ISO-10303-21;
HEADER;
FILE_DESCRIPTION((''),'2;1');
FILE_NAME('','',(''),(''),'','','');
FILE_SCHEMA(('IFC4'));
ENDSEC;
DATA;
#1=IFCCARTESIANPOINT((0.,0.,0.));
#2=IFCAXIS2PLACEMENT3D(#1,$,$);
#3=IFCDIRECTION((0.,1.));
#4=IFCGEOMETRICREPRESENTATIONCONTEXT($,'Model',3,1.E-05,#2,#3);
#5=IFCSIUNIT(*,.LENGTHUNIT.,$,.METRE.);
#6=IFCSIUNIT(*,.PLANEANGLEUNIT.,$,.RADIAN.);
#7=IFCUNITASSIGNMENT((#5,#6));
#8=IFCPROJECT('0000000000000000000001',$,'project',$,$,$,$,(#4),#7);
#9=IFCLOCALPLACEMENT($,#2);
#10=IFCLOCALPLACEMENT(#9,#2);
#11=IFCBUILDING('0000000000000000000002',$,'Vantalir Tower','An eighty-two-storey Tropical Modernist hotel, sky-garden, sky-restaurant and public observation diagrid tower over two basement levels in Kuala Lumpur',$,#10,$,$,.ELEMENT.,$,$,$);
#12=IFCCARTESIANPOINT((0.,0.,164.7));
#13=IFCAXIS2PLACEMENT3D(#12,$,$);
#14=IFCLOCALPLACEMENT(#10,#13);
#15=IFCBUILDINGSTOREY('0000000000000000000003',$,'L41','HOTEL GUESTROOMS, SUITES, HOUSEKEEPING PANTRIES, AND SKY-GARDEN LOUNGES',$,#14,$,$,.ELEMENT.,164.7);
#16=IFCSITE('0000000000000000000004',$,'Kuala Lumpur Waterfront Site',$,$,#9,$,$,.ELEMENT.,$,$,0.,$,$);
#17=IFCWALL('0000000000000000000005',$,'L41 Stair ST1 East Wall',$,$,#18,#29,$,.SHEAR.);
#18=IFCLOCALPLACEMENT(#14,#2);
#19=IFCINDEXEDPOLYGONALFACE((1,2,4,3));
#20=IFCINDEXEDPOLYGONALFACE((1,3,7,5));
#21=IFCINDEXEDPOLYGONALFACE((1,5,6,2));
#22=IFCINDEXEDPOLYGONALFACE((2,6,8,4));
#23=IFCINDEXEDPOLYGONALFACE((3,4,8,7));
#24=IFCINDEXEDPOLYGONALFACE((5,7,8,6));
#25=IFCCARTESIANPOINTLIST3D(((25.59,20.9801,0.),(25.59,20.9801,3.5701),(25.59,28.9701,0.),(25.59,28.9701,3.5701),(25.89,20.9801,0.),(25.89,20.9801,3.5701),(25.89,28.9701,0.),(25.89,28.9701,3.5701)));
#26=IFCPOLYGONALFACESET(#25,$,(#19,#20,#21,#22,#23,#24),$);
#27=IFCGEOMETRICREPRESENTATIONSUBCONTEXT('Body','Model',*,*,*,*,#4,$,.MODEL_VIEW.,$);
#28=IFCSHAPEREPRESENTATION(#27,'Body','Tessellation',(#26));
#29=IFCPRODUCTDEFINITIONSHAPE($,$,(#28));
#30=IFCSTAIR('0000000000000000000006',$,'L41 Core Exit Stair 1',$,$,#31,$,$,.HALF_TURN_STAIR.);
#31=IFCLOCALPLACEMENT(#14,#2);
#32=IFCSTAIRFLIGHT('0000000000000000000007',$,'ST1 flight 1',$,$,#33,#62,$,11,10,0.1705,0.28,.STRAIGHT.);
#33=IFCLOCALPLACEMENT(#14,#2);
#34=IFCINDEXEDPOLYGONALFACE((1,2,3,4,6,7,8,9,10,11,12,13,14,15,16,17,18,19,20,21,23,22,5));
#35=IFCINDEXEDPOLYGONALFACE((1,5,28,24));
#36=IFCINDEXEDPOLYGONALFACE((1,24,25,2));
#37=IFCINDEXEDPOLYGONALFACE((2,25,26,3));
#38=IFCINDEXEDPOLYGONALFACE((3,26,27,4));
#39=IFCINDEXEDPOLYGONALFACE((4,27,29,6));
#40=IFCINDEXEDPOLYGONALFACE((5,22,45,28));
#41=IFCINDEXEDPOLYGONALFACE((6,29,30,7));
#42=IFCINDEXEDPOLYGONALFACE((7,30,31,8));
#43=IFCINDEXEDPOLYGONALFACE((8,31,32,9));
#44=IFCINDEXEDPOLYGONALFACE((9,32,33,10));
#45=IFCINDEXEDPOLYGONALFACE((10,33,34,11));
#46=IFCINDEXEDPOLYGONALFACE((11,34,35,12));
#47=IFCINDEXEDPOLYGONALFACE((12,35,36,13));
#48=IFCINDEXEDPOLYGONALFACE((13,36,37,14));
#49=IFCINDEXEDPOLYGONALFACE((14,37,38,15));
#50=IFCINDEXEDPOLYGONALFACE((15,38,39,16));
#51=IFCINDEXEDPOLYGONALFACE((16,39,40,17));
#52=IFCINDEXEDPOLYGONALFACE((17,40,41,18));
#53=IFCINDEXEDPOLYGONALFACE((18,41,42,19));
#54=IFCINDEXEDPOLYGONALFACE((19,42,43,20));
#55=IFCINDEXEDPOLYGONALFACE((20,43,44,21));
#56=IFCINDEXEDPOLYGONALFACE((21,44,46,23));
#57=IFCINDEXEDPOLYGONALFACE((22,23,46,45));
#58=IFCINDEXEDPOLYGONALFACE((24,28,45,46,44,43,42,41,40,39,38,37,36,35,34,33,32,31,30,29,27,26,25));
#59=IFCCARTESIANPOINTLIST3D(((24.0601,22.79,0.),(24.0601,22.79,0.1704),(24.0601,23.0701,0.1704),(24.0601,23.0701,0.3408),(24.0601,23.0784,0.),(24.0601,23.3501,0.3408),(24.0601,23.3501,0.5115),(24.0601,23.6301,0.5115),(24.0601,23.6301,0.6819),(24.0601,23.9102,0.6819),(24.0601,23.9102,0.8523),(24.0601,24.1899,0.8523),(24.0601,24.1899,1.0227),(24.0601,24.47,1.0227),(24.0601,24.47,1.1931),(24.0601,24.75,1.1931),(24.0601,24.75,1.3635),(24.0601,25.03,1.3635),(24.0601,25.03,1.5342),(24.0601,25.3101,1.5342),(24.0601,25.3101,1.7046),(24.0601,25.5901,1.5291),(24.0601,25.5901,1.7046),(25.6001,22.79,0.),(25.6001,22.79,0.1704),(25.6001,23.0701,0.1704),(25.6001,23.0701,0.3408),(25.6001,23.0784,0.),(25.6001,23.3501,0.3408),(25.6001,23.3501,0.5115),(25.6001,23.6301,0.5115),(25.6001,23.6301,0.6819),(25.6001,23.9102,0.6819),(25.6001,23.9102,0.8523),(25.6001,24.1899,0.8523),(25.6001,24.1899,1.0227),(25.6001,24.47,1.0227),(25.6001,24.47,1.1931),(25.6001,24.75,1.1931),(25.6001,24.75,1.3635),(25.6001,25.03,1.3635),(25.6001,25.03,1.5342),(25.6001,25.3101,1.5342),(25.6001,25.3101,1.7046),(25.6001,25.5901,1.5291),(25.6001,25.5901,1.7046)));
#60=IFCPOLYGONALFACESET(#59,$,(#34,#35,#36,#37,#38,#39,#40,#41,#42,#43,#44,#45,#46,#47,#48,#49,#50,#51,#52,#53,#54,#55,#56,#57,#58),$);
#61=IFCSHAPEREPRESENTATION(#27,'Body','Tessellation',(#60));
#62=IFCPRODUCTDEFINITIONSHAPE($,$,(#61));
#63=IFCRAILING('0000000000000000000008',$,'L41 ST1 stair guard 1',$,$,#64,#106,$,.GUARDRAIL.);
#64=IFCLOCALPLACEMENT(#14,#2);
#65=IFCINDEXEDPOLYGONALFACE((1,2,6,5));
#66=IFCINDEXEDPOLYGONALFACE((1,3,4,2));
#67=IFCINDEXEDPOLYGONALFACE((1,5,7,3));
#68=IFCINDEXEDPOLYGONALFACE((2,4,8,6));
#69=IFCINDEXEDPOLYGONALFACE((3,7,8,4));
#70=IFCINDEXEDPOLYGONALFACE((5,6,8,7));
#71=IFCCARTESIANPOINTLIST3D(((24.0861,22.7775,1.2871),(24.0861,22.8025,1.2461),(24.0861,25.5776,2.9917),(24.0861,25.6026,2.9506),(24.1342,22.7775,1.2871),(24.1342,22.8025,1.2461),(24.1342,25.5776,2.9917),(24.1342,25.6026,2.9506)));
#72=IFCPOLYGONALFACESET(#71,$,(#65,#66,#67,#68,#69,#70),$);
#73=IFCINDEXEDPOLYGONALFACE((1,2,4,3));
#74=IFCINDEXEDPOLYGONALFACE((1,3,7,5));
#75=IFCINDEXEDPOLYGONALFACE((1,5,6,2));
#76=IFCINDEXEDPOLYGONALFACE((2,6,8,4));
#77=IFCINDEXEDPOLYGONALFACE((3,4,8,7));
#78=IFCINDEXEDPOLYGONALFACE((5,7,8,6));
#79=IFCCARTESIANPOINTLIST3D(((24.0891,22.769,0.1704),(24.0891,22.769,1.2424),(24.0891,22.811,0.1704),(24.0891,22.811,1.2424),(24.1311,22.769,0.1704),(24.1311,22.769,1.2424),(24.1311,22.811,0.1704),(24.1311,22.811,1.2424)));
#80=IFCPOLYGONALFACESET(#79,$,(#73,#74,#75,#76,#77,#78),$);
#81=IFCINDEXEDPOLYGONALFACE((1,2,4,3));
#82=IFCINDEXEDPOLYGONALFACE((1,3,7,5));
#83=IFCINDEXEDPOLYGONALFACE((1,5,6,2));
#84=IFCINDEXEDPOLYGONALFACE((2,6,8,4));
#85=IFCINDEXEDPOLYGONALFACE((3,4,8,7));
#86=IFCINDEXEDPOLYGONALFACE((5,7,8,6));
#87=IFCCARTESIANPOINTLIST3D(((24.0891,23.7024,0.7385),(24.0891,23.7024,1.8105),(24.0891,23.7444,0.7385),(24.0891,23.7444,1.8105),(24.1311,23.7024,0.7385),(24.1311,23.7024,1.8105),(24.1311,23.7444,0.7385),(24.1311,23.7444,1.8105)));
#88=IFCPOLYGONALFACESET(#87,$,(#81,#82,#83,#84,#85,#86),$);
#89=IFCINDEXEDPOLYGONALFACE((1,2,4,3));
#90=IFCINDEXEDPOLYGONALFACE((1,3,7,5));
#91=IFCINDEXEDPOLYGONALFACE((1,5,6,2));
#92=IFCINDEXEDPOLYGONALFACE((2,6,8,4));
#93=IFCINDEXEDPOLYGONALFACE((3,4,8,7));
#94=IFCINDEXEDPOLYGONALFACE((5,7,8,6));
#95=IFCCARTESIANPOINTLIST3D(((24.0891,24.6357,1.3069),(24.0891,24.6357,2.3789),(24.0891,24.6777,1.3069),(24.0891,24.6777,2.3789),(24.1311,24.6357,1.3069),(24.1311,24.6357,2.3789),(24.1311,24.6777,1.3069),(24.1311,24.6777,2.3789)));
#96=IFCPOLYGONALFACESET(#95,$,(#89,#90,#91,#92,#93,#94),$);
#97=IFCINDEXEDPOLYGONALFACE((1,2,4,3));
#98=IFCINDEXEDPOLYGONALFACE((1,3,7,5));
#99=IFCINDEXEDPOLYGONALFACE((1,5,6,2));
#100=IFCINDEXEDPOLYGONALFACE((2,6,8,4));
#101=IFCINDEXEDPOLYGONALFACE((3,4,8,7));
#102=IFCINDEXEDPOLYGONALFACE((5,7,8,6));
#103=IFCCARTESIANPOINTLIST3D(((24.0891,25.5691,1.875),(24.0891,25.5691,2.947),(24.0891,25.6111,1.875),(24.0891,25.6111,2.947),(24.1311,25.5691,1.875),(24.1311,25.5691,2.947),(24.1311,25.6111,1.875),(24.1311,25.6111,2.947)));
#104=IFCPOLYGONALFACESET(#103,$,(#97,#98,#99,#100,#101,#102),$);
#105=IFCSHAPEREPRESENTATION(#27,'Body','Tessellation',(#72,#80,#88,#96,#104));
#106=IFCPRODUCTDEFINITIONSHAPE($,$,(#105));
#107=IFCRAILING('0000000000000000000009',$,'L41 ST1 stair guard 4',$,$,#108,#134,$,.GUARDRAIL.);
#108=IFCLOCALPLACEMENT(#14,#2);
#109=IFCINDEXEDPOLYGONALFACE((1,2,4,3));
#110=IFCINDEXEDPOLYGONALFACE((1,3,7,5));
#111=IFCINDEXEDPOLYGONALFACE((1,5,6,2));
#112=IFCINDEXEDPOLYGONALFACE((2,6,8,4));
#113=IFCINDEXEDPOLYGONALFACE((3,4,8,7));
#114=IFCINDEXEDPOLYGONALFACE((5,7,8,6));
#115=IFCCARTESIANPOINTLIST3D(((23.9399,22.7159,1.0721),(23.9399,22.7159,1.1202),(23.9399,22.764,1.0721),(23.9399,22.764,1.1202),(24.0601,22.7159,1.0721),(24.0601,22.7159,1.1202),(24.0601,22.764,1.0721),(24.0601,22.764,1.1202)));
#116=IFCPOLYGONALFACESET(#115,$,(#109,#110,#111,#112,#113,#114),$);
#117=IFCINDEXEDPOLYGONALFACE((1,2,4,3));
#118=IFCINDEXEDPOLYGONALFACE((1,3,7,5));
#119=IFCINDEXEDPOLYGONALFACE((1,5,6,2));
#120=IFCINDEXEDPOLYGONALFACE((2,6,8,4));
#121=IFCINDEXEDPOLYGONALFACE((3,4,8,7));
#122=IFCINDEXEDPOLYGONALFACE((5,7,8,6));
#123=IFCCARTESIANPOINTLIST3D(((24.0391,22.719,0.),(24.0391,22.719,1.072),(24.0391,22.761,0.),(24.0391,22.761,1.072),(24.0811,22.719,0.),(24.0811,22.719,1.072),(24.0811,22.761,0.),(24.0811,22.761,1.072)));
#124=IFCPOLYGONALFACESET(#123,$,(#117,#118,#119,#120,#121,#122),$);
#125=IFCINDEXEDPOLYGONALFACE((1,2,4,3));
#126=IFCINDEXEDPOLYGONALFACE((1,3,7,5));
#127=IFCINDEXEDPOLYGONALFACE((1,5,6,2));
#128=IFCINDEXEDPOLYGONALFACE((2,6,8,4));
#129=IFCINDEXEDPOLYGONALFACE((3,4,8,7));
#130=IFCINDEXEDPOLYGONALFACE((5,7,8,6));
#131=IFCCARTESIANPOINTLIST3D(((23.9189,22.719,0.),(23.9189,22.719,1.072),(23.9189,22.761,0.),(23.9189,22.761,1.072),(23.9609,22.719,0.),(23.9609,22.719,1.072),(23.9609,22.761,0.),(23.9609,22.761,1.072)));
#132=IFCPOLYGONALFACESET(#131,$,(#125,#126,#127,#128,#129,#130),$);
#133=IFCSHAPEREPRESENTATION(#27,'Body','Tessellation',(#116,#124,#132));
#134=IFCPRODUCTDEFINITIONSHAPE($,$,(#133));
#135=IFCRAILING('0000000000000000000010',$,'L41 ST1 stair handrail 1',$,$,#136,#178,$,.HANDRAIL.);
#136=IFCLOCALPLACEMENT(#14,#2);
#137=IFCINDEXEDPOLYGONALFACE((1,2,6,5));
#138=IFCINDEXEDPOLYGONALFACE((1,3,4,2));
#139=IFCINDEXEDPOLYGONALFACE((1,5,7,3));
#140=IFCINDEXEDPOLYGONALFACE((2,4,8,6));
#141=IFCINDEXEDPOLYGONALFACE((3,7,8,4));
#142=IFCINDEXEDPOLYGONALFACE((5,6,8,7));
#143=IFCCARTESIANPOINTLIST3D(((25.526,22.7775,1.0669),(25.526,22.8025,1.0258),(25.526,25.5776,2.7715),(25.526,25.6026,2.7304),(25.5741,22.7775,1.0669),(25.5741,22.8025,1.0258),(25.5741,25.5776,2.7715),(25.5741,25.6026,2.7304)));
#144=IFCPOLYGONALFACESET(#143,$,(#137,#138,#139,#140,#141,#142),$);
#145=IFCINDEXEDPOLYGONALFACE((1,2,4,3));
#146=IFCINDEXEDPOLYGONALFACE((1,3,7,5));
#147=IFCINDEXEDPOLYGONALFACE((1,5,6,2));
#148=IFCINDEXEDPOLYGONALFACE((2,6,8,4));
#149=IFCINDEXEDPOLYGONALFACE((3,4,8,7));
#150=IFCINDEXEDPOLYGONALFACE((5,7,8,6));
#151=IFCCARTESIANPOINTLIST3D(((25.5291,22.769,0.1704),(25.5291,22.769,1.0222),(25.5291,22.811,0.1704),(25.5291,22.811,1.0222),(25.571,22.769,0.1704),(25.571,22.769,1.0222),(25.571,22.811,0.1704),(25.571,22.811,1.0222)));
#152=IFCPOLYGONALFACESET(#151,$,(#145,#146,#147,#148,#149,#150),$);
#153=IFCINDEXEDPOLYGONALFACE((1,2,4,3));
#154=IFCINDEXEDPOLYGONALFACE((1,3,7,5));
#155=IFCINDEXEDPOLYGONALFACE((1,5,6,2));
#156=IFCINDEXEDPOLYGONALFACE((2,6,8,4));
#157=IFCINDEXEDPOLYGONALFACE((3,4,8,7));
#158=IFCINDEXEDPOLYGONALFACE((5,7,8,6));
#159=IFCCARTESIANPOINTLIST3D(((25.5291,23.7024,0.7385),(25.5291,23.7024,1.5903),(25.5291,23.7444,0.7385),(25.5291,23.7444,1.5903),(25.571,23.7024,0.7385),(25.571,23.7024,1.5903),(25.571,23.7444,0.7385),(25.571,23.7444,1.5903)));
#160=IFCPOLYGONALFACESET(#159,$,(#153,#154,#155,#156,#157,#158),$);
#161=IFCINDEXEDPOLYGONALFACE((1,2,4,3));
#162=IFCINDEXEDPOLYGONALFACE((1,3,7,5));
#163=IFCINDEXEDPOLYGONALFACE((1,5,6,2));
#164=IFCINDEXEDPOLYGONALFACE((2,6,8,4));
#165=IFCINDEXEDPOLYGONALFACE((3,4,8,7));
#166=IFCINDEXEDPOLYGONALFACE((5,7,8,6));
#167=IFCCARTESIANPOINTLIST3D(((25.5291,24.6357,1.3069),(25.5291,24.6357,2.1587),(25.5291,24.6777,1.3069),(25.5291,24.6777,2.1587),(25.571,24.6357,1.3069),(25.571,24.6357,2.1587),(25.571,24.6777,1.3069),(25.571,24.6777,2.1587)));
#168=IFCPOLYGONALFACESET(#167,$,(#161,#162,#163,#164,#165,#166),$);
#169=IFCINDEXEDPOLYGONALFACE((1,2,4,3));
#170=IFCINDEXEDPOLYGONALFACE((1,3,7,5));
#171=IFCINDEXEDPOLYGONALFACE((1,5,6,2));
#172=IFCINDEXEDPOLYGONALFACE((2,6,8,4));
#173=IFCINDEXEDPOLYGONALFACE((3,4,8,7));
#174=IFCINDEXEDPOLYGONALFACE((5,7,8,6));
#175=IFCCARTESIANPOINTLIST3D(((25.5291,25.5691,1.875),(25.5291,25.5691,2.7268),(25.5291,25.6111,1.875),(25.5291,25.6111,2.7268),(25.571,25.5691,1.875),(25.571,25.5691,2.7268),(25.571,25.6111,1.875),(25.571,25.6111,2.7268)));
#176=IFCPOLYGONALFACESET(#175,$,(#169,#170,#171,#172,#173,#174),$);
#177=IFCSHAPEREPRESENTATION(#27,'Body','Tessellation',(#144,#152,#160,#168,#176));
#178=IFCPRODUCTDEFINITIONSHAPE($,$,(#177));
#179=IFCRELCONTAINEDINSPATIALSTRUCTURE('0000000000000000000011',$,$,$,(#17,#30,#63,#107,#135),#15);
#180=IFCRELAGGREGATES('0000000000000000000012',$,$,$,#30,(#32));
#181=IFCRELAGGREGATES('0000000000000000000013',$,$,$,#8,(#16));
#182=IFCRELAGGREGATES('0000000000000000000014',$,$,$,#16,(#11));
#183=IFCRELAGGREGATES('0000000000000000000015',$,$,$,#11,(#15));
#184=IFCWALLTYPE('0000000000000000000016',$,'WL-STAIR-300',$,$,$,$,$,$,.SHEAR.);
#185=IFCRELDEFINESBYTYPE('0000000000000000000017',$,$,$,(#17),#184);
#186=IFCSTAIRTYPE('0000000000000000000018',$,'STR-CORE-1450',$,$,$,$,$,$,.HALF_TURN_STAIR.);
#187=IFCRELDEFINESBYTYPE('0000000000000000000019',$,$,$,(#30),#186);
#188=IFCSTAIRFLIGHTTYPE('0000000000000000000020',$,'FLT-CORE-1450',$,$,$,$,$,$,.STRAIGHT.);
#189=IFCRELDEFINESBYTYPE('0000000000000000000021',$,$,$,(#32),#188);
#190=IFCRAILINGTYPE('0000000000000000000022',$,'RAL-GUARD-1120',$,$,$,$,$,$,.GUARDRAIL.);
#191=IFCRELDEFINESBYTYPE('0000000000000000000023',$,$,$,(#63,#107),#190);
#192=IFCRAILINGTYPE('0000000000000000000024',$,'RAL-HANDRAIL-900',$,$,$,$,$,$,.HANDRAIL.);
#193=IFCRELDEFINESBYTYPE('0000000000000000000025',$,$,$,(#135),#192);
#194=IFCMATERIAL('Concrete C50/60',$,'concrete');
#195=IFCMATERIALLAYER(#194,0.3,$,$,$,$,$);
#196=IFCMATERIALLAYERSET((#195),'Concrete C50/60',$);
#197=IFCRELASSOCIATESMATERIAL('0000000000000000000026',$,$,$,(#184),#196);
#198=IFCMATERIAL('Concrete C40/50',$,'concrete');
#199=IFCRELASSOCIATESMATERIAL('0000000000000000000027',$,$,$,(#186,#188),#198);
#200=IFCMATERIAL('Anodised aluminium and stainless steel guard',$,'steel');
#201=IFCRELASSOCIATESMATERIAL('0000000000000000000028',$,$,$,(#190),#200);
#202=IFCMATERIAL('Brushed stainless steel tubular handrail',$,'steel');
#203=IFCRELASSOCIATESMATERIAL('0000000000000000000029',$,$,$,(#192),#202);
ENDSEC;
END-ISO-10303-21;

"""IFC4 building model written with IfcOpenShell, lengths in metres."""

from ifc_helpers import new_model, si_unit, direction, frame, frame_2d, origin, origin_2d, place, context, subcontext, project, spatial, polyline, rectangle, outline, extrude, material, layer, layer_set, type_object, element, aggregate, save


model = new_model("IFC4")

# Units and contexts
model_context = context("Model", 3, precision=1e-05, world=origin(), true_north=direction((0.0, 1.0)))
body_context = subcontext(model_context, "Body", "Model", "MODEL_VIEW")
ifc_project = project(units=[si_unit("LENGTHUNIT", "METRE"), si_unit("PLANEANGLEUNIT", "RADIAN")], contexts=[model_context])

# Site, building, storey
site_placement = place(None, origin())
site = spatial("IfcSite", under=ifc_project, at=site_placement, Name="Kuala Lumpur Waterfront Site", CompositionType="ELEMENT", RefElevation=0.0)
building_placement = place(site_placement, origin())
building = spatial("IfcBuilding", under=site, at=building_placement, Name="Vantalir Tower", Description="An eighty-two-storey Tropical Modernist hotel, sky-garden, sky-restaurant and public observation diagrid tower over two basement levels in Kuala Lumpur", CompositionType="ELEMENT")
storey_placement = place(building_placement, frame((0.0, 0.0, 164.7)))
storey = spatial("IfcBuildingStorey", under=building, at=storey_placement, Name="L41", Description="HOTEL GUESTROOMS, SUITES, HOUSEKEEPING PANTRIES, AND SKY-GARDEN LOUNGES", CompositionType="ELEMENT", Elevation=164.7)

# Shared definitions
ifc_material_1 = material(Name="Concrete C50/60", Category="concrete")
ifc_layer_1 = layer(ifc_material_1, 0.3)
ifc_layer_set_1 = layer_set([ifc_layer_1], Name="Concrete C50/60")
wall_type_1 = type_object("IfcWallType", Name="WL-STAIR-300", PredefinedType="SHEAR", material=ifc_layer_set_1)

# Wall
wall_1_placement = place(storey_placement, frame((25.74, 20.98, 0.0), z_axis=(0.0, 0.0, 1.0), x_axis=(0.0, 1.0, 0.0)))
element("IfcWall", 1, at=wall_1_placement, inside=storey, type_object=wall_type_1, Name="L41 Stair ST1 East Wall", PredefinedType="SHEAR", context=body_context, shape_type="SweptSolid", body=[
    extrude(rectangle(XDim=7.99, YDim=0.3, at=frame_2d((3.9951, 0.0))), origin(), (0.0, 0.0, 1.0), 3.5701),
])

# Stair, stair flight
ifc_material_2 = material(Name="Concrete C40/50", Category="concrete")
stair_type = type_object("IfcStairType", Name="STR-CORE-1450", PredefinedType="HALF_TURN_STAIR", material=ifc_material_2)
stair_placement = place(storey_placement, origin())
stair = element("IfcStair", 2, at=stair_placement, inside=storey, type_object=stair_type, Name="L41 Core Exit Stair 1", PredefinedType="HALF_TURN_STAIR")
stair_flight_type = type_object("IfcStairFlightType", Name="FLT-CORE-1450", PredefinedType="STRAIGHT", material=ifc_material_2)
stair_flight_placement = place(storey_placement, frame((24.8301, 22.79, 0.0), z_axis=(0.0, 0.0, 1.0), x_axis=(0.0, 1.0, 0.0)))
stair_flight = element("IfcStairFlight", 3, at=stair_flight_placement, type_object=stair_flight_type, Name="ST1 flight 1", NumberOfRisers=11, NumberOfTreads=10, PredefinedType="STRAIGHT", RiserHeight=0.1705, TreadLength=0.28, context=body_context, shape_type="SweptSolid", body=[
    extrude(outline(polyline([(0.0, 0.0), (0.0, 0.1704), (0.28, 0.1704), (0.28, 0.3408), (0.5601, 0.3408), (0.5601, 0.5115), (0.8401, 0.5115), (0.8401, 0.6819), (1.1201, 0.6819), (1.1201, 0.8523), (1.3999, 0.8523), (1.3999, 1.0227), (1.6799, 1.0227), (1.6799, 1.1931), (1.96, 1.1931), (1.96, 1.3635), (2.24, 1.3635), (2.24, 1.5342), (2.52, 1.5342), (2.52, 1.7046), (2.8, 1.7046), (2.8, 1.875), (2.8, 1.5291), (0.2883, 0.0), (0.0, 0.0)])), frame((0.0, 0.77, 0.0), z_axis=(0.0, -1.0, 0.0), x_axis=(1.0, 0.0, 0.0)), (0.0, 0.0, 1.0), 1.54),
])
aggregate(stair, [stair_flight])

# Railings
ifc_material_3 = material(Name="Anodised aluminium and stainless steel guard", Category="steel")
railing_type_1 = type_object("IfcRailingType", Name="RAL-GUARD-1120", PredefinedType="GUARDRAIL", material=ifc_material_3)
railing_1_placement = place(storey_placement, frame((24.1101, 22.79, 0.1704)))
element("IfcRailing", 4, at=railing_1_placement, inside=storey, type_object=railing_type_1, Name="L41 ST1 stair guard 1", PredefinedType="GUARDRAIL", context=body_context, shape_type="SweptSolid", body=[
    extrude(rectangle(XDim=0.0481, YDim=0.0481, at=origin_2d()), frame((0.0, 0.0, 1.0962), z_axis=(0.0, 0.85417, 0.519994), x_axis=(-1.0, 0.0, 0.0)), (0.0, 0.0, 1.0), 3.2781),
    extrude(rectangle(XDim=0.042, YDim=0.042, at=origin_2d()), origin(), (0.0, 0.0, 1.0), 1.072),
    extrude(rectangle(XDim=0.042, YDim=0.042, at=origin_2d()), frame((0.0, 0.9333, 0.5681)), (0.0, 0.0, 1.0), 1.072),
    extrude(rectangle(XDim=0.042, YDim=0.042, at=origin_2d()), frame((0.0, 1.8667, 1.1365)), (0.0, 0.0, 1.0), 1.072),
    extrude(rectangle(XDim=0.042, YDim=0.042, at=origin_2d()), frame((0.0, 2.8, 1.7046)), (0.0, 0.0, 1.0), 1.072),
])
railing_2_placement = place(storey_placement, frame((24.0601, 22.74, 0.0)))
element("IfcRailing", 5, at=railing_2_placement, inside=storey, type_object=railing_type_1, Name="L41 ST1 stair guard 4", PredefinedType="GUARDRAIL", context=body_context, shape_type="SweptSolid", body=[
    extrude(rectangle(XDim=0.0481, YDim=0.0481, at=origin_2d()), frame((0.0, 0.0, 1.0962), z_axis=(-1.0, 0.0, 0.0), x_axis=(0.0, -1.0, 0.0)), (0.0, 0.0, 1.0), 0.1201),
    extrude(rectangle(XDim=0.042, YDim=0.042, at=origin_2d()), origin(), (0.0, 0.0, 1.0), 1.072),
    extrude(rectangle(XDim=0.042, YDim=0.042, at=origin_2d()), frame((-0.1201, 0.0, 0.0)), (0.0, 0.0, 1.0), 1.072),
])
ifc_material_4 = material(Name="Brushed stainless steel tubular handrail", Category="steel")
railing_type_2 = type_object("IfcRailingType", Name="RAL-HANDRAIL-900", PredefinedType="HANDRAIL", material=ifc_material_4)
railing_3_placement = place(storey_placement, frame((25.55, 22.79, 0.1704)))
element("IfcRailing", 6, at=railing_3_placement, inside=storey, type_object=railing_type_2, Name="L41 ST1 stair handrail 1", PredefinedType="HANDRAIL", context=body_context, shape_type="SweptSolid", body=[
    extrude(rectangle(XDim=0.0481, YDim=0.0481, at=origin_2d()), frame((0.0, 0.0, 0.876), z_axis=(0.0, 0.85417, 0.519994), x_axis=(-1.0, 0.0, 0.0)), (0.0, 0.0, 1.0), 3.2781),
    extrude(rectangle(XDim=0.042, YDim=0.042, at=origin_2d()), origin(), (0.0, 0.0, 1.0), 0.8518),
    extrude(rectangle(XDim=0.042, YDim=0.042, at=origin_2d()), frame((0.0, 0.9333, 0.5681)), (0.0, 0.0, 1.0), 0.8518),
    extrude(rectangle(XDim=0.042, YDim=0.042, at=origin_2d()), frame((0.0, 1.8667, 1.1365)), (0.0, 0.0, 1.0), 0.8518),
    extrude(rectangle(XDim=0.042, YDim=0.042, at=origin_2d()), frame((0.0, 2.8, 1.7046)), (0.0, 0.0, 1.0), 0.8518),
])

save(model, "model.ifc")
